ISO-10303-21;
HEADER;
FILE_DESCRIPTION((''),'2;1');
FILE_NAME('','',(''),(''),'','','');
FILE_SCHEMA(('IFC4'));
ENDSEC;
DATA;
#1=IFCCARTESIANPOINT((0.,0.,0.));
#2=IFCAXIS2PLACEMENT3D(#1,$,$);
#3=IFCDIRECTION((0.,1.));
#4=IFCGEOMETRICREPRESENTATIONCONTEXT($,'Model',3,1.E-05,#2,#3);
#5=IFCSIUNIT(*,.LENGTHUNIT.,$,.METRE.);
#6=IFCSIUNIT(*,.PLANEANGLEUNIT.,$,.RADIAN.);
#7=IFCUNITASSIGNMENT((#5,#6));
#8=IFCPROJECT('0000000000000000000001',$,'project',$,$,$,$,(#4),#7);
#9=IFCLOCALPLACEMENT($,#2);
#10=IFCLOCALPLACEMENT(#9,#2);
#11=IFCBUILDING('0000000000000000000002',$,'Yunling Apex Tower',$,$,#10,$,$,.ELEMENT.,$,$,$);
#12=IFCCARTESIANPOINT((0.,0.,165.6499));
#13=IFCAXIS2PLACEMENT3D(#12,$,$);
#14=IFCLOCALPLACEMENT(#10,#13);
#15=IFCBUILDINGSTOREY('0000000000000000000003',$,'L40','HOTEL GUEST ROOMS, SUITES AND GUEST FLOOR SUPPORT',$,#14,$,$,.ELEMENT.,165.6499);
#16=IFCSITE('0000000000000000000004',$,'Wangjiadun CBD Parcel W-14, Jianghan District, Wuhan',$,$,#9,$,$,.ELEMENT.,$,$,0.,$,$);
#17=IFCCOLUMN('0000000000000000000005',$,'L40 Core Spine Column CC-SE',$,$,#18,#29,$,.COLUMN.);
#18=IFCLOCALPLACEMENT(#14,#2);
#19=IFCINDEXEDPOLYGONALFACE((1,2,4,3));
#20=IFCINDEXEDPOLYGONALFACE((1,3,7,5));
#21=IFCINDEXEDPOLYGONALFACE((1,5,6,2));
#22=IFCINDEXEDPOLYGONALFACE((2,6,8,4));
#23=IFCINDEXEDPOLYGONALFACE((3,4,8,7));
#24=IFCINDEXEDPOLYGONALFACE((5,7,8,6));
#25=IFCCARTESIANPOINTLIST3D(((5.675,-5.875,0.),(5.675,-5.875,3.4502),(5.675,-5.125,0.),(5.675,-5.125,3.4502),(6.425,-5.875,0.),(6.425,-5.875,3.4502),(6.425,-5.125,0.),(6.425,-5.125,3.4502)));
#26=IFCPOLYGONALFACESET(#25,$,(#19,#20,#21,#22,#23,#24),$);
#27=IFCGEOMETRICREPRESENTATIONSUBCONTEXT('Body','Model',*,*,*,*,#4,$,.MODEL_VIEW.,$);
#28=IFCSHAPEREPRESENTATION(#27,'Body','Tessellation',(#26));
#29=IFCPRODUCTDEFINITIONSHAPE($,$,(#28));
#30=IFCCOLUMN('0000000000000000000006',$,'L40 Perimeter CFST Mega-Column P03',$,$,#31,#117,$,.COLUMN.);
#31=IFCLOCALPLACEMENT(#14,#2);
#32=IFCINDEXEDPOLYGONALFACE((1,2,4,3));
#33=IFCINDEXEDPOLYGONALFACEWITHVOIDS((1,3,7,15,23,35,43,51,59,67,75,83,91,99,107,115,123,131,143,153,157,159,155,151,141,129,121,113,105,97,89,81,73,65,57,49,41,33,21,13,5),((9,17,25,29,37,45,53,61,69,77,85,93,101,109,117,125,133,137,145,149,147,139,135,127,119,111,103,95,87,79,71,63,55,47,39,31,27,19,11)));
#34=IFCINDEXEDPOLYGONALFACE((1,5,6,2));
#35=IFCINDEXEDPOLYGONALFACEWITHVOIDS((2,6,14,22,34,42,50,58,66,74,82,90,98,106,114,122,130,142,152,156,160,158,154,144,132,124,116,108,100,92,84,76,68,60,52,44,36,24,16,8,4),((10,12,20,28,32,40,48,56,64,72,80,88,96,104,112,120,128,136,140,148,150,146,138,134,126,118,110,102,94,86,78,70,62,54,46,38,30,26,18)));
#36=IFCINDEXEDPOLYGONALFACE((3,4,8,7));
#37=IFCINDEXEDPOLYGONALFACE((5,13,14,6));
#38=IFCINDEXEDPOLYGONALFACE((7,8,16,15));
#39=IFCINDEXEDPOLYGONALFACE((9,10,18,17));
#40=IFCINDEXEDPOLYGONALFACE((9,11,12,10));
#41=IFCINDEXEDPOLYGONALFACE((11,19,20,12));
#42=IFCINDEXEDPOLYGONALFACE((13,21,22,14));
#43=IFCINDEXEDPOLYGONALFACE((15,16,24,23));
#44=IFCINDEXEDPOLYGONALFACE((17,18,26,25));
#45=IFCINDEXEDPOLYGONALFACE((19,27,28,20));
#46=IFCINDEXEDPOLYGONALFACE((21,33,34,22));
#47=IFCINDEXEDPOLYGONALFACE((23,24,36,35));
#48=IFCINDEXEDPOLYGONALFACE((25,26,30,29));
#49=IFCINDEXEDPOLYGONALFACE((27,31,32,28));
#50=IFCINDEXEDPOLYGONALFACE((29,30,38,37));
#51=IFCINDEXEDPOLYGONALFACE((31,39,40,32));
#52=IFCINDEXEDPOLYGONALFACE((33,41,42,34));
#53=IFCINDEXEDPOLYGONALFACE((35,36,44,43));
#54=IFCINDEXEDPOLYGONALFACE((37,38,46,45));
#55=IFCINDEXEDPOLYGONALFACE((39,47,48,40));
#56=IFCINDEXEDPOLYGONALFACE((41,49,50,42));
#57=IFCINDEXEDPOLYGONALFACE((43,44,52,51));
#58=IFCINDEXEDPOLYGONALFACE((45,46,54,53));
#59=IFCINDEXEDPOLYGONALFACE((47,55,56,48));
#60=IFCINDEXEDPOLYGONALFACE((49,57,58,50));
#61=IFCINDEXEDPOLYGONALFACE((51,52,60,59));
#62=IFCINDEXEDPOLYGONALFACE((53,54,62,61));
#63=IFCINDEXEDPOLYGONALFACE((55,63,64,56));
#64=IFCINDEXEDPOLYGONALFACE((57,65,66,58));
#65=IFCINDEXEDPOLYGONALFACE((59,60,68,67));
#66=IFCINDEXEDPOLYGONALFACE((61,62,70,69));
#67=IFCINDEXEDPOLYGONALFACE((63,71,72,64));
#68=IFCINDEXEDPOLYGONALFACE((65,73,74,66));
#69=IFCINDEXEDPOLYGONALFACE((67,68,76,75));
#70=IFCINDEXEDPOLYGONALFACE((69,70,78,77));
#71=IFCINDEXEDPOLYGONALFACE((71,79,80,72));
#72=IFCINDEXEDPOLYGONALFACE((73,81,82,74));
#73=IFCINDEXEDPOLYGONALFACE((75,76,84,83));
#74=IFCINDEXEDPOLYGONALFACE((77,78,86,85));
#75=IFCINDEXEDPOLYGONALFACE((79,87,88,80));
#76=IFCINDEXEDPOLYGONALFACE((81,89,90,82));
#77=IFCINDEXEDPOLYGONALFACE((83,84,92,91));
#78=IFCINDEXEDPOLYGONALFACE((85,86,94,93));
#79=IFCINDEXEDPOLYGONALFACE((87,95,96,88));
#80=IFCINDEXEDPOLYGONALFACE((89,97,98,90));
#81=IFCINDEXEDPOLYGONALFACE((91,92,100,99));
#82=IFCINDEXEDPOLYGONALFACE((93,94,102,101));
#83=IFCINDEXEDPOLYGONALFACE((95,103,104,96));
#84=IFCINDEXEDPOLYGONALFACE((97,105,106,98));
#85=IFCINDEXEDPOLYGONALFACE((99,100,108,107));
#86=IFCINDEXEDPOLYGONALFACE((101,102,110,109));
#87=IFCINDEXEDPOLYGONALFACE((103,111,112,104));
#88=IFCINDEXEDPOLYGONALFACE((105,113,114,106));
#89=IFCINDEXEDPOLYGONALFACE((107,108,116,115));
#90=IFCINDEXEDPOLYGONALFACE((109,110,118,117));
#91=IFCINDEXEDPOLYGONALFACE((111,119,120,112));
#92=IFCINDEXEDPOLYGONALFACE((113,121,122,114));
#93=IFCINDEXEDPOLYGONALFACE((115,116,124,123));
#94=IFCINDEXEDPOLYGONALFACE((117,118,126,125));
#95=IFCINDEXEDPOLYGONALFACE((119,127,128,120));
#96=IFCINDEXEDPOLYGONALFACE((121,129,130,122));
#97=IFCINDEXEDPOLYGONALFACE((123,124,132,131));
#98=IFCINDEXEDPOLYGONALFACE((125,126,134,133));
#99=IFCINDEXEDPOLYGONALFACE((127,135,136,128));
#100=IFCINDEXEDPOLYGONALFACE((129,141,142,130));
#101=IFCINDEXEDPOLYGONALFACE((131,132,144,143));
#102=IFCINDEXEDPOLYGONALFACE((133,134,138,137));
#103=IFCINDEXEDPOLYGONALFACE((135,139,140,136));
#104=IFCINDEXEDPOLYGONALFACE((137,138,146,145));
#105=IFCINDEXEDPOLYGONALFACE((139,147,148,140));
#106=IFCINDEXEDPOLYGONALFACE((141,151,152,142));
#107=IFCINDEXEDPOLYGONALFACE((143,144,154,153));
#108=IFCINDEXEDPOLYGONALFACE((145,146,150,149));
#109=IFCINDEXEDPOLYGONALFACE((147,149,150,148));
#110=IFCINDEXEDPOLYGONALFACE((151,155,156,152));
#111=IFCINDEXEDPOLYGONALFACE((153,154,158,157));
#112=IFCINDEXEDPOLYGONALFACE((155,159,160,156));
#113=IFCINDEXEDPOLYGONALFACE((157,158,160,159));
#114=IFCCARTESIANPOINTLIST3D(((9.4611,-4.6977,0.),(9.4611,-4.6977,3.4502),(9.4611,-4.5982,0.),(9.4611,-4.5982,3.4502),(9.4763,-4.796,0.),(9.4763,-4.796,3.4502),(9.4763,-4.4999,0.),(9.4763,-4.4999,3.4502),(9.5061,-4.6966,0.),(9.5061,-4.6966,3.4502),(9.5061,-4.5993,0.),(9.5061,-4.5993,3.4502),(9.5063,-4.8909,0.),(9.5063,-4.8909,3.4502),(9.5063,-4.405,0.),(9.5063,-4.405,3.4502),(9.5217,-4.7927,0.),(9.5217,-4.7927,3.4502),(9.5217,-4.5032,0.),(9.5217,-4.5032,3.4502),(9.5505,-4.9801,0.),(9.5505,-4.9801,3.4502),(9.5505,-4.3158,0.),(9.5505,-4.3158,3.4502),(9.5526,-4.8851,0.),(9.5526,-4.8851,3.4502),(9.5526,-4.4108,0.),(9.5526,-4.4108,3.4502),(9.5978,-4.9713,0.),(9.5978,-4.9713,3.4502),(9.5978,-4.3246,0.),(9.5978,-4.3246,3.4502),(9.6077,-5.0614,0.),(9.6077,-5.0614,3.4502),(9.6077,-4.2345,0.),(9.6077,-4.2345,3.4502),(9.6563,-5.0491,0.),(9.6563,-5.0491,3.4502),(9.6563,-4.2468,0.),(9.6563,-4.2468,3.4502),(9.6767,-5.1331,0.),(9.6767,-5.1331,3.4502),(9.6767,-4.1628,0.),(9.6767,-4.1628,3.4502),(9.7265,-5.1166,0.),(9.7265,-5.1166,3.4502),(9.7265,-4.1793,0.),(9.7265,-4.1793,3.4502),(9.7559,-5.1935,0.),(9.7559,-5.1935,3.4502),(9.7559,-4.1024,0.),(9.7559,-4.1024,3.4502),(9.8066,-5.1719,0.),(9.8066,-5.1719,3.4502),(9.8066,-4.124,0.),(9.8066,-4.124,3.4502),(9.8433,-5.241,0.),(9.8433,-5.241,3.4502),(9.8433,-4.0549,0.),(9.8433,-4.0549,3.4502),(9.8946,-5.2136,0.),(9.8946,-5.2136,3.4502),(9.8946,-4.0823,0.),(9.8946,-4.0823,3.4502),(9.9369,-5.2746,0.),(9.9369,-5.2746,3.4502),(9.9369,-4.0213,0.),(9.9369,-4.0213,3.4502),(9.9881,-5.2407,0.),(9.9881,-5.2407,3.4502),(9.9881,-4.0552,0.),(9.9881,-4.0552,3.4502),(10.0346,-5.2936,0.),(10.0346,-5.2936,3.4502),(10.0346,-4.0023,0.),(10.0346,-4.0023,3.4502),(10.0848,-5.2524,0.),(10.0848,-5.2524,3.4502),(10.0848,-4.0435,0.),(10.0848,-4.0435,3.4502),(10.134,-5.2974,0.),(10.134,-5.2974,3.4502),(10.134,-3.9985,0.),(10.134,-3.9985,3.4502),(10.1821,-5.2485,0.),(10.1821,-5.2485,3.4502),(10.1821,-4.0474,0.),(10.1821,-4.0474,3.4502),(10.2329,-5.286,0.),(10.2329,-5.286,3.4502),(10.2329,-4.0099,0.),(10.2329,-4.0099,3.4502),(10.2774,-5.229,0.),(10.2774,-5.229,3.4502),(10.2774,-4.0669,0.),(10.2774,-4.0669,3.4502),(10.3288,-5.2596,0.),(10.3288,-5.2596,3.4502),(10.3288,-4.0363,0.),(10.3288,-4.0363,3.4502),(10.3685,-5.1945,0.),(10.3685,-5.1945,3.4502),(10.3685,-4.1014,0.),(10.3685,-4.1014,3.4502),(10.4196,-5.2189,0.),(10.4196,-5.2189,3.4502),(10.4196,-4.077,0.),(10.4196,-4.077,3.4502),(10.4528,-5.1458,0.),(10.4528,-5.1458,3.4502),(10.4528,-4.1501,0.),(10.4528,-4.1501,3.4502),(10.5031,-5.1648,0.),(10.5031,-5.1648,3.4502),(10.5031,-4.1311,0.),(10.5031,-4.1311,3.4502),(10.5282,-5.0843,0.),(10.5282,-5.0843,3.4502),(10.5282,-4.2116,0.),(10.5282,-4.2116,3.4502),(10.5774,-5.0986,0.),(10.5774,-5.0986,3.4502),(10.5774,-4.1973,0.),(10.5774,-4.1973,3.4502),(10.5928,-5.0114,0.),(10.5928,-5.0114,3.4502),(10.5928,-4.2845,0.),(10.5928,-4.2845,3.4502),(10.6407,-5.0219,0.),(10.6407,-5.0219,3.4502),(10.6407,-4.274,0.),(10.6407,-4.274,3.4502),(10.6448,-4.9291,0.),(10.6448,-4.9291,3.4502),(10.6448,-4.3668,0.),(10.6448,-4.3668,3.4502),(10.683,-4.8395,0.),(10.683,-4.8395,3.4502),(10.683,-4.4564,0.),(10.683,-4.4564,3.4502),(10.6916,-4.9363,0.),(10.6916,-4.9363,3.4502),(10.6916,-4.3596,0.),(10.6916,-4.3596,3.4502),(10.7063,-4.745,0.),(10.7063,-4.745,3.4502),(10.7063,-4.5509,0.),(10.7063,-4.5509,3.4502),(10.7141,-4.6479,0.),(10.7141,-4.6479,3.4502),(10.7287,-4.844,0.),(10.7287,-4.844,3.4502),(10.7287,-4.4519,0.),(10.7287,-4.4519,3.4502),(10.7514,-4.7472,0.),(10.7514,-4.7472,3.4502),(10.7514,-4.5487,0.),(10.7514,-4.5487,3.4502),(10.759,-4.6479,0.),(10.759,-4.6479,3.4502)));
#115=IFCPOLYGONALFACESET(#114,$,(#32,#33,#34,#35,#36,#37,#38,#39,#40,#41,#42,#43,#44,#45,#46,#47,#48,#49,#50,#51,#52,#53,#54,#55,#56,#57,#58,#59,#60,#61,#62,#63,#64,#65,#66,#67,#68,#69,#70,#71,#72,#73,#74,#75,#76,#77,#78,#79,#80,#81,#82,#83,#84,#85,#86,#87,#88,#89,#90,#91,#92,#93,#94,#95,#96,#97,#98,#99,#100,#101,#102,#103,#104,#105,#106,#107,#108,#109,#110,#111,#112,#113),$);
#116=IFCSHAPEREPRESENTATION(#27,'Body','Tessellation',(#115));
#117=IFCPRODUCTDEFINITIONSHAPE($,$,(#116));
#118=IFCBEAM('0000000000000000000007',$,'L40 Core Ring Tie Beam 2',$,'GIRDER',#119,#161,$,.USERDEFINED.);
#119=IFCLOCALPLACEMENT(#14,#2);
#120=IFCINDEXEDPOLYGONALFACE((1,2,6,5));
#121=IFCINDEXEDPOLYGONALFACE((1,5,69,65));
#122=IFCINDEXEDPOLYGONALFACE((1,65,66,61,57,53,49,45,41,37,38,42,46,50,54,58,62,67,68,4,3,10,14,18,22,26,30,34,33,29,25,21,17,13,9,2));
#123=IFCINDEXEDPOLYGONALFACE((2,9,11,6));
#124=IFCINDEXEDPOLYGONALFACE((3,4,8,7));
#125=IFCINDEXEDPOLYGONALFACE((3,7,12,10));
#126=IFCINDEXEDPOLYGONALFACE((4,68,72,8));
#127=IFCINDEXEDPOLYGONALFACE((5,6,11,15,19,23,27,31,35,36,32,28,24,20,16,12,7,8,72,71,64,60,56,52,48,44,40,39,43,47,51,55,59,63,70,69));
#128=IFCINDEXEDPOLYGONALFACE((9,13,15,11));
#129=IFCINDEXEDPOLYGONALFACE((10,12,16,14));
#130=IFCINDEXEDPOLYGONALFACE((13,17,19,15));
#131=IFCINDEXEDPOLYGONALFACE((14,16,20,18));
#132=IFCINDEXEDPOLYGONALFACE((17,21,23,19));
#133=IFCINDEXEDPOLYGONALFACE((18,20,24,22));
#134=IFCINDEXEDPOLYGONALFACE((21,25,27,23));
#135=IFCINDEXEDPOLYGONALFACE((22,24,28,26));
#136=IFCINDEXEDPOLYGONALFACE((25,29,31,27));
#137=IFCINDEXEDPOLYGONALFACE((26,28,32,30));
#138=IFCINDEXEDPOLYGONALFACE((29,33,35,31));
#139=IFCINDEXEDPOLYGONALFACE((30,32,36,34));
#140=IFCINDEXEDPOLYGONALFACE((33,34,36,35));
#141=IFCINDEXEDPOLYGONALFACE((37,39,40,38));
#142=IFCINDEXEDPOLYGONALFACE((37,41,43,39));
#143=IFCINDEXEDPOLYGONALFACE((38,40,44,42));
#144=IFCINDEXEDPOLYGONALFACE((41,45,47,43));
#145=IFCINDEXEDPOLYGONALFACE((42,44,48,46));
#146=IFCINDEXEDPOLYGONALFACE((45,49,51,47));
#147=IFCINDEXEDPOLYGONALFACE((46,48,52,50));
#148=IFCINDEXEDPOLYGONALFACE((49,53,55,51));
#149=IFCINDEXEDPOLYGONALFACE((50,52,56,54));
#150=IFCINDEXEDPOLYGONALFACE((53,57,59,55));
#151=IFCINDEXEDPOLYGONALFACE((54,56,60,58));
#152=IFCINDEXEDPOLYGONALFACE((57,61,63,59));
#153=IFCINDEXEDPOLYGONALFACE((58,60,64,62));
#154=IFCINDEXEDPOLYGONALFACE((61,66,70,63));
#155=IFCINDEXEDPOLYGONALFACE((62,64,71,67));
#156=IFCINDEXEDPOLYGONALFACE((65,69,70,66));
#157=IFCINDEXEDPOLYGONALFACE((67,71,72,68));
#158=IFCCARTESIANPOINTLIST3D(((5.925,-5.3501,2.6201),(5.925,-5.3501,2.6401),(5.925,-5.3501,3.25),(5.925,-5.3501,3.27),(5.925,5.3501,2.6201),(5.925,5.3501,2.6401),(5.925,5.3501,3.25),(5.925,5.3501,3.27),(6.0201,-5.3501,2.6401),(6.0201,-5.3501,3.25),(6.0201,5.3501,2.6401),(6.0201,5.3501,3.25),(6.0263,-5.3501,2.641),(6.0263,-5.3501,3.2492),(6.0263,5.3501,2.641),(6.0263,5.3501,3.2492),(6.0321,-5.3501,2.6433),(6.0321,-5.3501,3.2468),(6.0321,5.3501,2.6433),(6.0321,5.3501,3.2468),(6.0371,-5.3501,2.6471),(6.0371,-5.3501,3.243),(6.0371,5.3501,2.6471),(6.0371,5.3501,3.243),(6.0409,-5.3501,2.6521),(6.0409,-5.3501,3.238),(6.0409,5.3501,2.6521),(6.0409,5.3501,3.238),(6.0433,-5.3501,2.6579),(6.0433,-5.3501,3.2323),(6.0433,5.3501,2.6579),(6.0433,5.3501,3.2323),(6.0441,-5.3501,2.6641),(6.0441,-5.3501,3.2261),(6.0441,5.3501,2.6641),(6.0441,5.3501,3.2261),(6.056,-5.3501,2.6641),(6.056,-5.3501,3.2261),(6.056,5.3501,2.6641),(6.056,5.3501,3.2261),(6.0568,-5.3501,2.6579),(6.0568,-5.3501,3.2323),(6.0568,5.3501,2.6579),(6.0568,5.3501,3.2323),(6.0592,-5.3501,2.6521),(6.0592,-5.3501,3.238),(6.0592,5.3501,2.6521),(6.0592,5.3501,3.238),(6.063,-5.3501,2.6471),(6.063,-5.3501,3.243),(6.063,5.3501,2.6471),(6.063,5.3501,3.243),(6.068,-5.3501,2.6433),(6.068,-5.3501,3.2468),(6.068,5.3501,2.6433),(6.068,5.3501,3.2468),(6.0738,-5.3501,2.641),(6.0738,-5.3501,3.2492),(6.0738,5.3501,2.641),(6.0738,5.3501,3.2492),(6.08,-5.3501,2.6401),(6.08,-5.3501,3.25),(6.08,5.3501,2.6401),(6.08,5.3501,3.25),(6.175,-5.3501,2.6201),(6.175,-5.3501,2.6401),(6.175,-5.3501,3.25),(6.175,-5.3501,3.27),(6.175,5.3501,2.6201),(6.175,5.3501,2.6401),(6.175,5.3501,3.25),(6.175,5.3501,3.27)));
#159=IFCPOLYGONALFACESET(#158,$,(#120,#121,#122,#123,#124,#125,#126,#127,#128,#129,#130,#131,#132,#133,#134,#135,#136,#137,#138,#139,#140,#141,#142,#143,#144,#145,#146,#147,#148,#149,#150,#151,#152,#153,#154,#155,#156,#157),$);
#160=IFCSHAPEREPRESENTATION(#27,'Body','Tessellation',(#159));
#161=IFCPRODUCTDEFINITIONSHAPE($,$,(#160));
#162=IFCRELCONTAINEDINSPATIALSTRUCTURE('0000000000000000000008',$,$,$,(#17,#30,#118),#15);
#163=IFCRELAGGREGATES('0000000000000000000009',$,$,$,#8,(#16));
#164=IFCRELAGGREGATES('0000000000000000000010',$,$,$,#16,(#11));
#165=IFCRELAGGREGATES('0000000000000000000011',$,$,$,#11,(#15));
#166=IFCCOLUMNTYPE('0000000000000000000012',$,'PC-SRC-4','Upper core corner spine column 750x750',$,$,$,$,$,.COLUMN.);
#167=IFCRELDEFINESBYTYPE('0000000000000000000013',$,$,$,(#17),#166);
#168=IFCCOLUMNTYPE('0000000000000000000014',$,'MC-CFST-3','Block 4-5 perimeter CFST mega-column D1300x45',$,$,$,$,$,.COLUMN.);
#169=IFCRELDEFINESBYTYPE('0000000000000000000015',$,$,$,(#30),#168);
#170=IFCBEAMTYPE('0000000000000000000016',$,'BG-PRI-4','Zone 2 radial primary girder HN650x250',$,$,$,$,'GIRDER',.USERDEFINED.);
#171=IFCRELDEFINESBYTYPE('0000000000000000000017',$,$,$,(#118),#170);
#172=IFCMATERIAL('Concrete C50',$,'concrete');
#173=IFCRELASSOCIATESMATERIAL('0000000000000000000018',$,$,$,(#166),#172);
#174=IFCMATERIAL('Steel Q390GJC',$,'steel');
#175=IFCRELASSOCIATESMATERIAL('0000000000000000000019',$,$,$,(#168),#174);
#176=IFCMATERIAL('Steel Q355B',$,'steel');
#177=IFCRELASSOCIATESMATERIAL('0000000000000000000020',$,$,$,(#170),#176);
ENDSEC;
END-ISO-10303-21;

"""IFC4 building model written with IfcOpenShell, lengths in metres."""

from ifc_helpers import new_model, si_unit, direction, frame, origin, origin_2d, place, context, subcontext, project, spatial, rectangle, hollow_circle, i_section, extrude, source, transform, mapped, material, material_profile, profile_set, type_object, element, save


model = new_model("IFC4")

# Units and contexts
model_context = context("Model", 3, precision=1e-05, world=origin(), true_north=direction((0.0, 1.0)))
body_context = subcontext(model_context, "Body", "Model", "MODEL_VIEW")
ifc_project = project(units=[si_unit("LENGTHUNIT", "METRE"), si_unit("PLANEANGLEUNIT", "RADIAN")], contexts=[model_context])

# Site, building, storey
site_placement = place(None, origin())
site = spatial("IfcSite", under=ifc_project, at=site_placement, Name="Wangjiadun CBD Parcel W-14, Jianghan District, Wuhan", CompositionType="ELEMENT", RefElevation=0.0)
building_placement = place(site_placement, origin())
building = spatial("IfcBuilding", under=site, at=building_placement, Name="Yunling Apex Tower", CompositionType="ELEMENT")
storey_placement = place(building_placement, frame((0.0, 0.0, 165.6499)))
storey = spatial("IfcBuildingStorey", under=building, at=storey_placement, Name="L40", Description="HOTEL GUEST ROOMS, SUITES AND GUEST FLOOR SUPPORT", CompositionType="ELEMENT", Elevation=165.6499)

# Columns
ifc_material_1 = material(Name="Concrete C50", Category="concrete")
ifc_material_profile_1 = material_profile(ifc_material_1, rectangle(XDim=0.75, YDim=0.75, at=origin_2d()))
ifc_profile_set_1 = profile_set([ifc_material_profile_1], Name="Concrete C50")
column_type_1 = type_object("IfcColumnType", Name="PC-SRC-4", Description="Upper core corner spine column 750x750", PredefinedType="COLUMN", material=ifc_profile_set_1)
shared_shape_1 = source(origin(), body_context, "Body", "SweptSolid", [
    extrude(rectangle(XDim=0.75, YDim=0.75, at=origin_2d()), origin(), (0.0, 0.0, 1.0), 3.4502),
])
column_1_placement = place(storey_placement, frame((6.05, -5.5, 0.0), z_axis=(0.0, 0.0, 1.0), x_axis=(1.0, 0.0, 0.0)))
element("IfcColumn", 1, at=column_1_placement, inside=storey, type_object=column_type_1, Name="L40 Core Spine Column CC-SE", PredefinedType="COLUMN", context=body_context, shape_type="MappedRepresentation", body=[
    mapped(shared_shape_1, transform((0.0, 0.0, 0.0), scale=1.0)),
])
ifc_material_2 = material(Name="Steel Q390GJC", Category="steel")
ifc_material_profile_2 = material_profile(ifc_material_2, hollow_circle(Radius=0.6499, WallThickness=0.0449, at=origin_2d()))
ifc_profile_set_2 = profile_set([ifc_material_profile_2], Name="Steel Q390GJC")
column_type_2 = type_object("IfcColumnType", Name="MC-CFST-3", Description="Block 4-5 perimeter CFST mega-column D1300x45", PredefinedType="COLUMN", material=ifc_profile_set_2)
shared_shape_2 = source(origin(), body_context, "Body", "SweptSolid", [
    extrude(hollow_circle(Radius=0.6499, WallThickness=0.0449, at=origin_2d()), origin(), (0.0, 0.0, 1.0), 3.4502),
])
column_2_placement = place(storey_placement, frame((10.1091, -4.6479, 0.0), z_axis=(0.0, 0.0, 1.0), x_axis=(1.0, 0.0, 0.0)))
element("IfcColumn", 2, at=column_2_placement, inside=storey, type_object=column_type_2, Name="L40 Perimeter CFST Mega-Column P03", PredefinedType="COLUMN", context=body_context, shape_type="MappedRepresentation", body=[
    mapped(shared_shape_2, transform((0.0, 0.0, 0.0), scale=1.0)),
])

# Beam
ifc_material_3 = material(Name="Steel Q355B", Category="steel")
ifc_material_profile_3 = material_profile(ifc_material_3, i_section(OverallWidth=0.25, OverallDepth=0.6499, WebThickness=0.012, FlangeThickness=0.02, FilletRadius=0.0239, at=origin_2d()))
ifc_profile_set_3 = profile_set([ifc_material_profile_3], Name="Steel Q355B")
beam_type_1 = type_object("IfcBeamType", Name="BG-PRI-4", Description="Zone 2 radial primary girder HN650x250", ElementType="GIRDER", PredefinedType="USERDEFINED", material=ifc_profile_set_3)
shared_shape_3 = source(origin(), body_context, "Body", "SweptSolid", [
    extrude(i_section(OverallWidth=0.25, OverallDepth=0.6499, WebThickness=0.012, FlangeThickness=0.02, FilletRadius=0.0239, at=origin_2d()), origin(), (0.0, 0.0, 1.0), 10.7002),
])
beam_1_placement = place(storey_placement, frame((6.05, -5.3501, 2.9451), z_axis=(0.0, 1.0, 0.0), x_axis=(-1.0, 0.0, 0.0)))
element("IfcBeam", 3, at=beam_1_placement, inside=storey, type_object=beam_type_1, Name="L40 Core Ring Tie Beam 2", ObjectType="GIRDER", PredefinedType="USERDEFINED", context=body_context, shape_type="MappedRepresentation", body=[
    mapped(shared_shape_3, transform((0.0, 0.0, 0.0), scale=1.0)),
])

save(model, "model.ifc")
